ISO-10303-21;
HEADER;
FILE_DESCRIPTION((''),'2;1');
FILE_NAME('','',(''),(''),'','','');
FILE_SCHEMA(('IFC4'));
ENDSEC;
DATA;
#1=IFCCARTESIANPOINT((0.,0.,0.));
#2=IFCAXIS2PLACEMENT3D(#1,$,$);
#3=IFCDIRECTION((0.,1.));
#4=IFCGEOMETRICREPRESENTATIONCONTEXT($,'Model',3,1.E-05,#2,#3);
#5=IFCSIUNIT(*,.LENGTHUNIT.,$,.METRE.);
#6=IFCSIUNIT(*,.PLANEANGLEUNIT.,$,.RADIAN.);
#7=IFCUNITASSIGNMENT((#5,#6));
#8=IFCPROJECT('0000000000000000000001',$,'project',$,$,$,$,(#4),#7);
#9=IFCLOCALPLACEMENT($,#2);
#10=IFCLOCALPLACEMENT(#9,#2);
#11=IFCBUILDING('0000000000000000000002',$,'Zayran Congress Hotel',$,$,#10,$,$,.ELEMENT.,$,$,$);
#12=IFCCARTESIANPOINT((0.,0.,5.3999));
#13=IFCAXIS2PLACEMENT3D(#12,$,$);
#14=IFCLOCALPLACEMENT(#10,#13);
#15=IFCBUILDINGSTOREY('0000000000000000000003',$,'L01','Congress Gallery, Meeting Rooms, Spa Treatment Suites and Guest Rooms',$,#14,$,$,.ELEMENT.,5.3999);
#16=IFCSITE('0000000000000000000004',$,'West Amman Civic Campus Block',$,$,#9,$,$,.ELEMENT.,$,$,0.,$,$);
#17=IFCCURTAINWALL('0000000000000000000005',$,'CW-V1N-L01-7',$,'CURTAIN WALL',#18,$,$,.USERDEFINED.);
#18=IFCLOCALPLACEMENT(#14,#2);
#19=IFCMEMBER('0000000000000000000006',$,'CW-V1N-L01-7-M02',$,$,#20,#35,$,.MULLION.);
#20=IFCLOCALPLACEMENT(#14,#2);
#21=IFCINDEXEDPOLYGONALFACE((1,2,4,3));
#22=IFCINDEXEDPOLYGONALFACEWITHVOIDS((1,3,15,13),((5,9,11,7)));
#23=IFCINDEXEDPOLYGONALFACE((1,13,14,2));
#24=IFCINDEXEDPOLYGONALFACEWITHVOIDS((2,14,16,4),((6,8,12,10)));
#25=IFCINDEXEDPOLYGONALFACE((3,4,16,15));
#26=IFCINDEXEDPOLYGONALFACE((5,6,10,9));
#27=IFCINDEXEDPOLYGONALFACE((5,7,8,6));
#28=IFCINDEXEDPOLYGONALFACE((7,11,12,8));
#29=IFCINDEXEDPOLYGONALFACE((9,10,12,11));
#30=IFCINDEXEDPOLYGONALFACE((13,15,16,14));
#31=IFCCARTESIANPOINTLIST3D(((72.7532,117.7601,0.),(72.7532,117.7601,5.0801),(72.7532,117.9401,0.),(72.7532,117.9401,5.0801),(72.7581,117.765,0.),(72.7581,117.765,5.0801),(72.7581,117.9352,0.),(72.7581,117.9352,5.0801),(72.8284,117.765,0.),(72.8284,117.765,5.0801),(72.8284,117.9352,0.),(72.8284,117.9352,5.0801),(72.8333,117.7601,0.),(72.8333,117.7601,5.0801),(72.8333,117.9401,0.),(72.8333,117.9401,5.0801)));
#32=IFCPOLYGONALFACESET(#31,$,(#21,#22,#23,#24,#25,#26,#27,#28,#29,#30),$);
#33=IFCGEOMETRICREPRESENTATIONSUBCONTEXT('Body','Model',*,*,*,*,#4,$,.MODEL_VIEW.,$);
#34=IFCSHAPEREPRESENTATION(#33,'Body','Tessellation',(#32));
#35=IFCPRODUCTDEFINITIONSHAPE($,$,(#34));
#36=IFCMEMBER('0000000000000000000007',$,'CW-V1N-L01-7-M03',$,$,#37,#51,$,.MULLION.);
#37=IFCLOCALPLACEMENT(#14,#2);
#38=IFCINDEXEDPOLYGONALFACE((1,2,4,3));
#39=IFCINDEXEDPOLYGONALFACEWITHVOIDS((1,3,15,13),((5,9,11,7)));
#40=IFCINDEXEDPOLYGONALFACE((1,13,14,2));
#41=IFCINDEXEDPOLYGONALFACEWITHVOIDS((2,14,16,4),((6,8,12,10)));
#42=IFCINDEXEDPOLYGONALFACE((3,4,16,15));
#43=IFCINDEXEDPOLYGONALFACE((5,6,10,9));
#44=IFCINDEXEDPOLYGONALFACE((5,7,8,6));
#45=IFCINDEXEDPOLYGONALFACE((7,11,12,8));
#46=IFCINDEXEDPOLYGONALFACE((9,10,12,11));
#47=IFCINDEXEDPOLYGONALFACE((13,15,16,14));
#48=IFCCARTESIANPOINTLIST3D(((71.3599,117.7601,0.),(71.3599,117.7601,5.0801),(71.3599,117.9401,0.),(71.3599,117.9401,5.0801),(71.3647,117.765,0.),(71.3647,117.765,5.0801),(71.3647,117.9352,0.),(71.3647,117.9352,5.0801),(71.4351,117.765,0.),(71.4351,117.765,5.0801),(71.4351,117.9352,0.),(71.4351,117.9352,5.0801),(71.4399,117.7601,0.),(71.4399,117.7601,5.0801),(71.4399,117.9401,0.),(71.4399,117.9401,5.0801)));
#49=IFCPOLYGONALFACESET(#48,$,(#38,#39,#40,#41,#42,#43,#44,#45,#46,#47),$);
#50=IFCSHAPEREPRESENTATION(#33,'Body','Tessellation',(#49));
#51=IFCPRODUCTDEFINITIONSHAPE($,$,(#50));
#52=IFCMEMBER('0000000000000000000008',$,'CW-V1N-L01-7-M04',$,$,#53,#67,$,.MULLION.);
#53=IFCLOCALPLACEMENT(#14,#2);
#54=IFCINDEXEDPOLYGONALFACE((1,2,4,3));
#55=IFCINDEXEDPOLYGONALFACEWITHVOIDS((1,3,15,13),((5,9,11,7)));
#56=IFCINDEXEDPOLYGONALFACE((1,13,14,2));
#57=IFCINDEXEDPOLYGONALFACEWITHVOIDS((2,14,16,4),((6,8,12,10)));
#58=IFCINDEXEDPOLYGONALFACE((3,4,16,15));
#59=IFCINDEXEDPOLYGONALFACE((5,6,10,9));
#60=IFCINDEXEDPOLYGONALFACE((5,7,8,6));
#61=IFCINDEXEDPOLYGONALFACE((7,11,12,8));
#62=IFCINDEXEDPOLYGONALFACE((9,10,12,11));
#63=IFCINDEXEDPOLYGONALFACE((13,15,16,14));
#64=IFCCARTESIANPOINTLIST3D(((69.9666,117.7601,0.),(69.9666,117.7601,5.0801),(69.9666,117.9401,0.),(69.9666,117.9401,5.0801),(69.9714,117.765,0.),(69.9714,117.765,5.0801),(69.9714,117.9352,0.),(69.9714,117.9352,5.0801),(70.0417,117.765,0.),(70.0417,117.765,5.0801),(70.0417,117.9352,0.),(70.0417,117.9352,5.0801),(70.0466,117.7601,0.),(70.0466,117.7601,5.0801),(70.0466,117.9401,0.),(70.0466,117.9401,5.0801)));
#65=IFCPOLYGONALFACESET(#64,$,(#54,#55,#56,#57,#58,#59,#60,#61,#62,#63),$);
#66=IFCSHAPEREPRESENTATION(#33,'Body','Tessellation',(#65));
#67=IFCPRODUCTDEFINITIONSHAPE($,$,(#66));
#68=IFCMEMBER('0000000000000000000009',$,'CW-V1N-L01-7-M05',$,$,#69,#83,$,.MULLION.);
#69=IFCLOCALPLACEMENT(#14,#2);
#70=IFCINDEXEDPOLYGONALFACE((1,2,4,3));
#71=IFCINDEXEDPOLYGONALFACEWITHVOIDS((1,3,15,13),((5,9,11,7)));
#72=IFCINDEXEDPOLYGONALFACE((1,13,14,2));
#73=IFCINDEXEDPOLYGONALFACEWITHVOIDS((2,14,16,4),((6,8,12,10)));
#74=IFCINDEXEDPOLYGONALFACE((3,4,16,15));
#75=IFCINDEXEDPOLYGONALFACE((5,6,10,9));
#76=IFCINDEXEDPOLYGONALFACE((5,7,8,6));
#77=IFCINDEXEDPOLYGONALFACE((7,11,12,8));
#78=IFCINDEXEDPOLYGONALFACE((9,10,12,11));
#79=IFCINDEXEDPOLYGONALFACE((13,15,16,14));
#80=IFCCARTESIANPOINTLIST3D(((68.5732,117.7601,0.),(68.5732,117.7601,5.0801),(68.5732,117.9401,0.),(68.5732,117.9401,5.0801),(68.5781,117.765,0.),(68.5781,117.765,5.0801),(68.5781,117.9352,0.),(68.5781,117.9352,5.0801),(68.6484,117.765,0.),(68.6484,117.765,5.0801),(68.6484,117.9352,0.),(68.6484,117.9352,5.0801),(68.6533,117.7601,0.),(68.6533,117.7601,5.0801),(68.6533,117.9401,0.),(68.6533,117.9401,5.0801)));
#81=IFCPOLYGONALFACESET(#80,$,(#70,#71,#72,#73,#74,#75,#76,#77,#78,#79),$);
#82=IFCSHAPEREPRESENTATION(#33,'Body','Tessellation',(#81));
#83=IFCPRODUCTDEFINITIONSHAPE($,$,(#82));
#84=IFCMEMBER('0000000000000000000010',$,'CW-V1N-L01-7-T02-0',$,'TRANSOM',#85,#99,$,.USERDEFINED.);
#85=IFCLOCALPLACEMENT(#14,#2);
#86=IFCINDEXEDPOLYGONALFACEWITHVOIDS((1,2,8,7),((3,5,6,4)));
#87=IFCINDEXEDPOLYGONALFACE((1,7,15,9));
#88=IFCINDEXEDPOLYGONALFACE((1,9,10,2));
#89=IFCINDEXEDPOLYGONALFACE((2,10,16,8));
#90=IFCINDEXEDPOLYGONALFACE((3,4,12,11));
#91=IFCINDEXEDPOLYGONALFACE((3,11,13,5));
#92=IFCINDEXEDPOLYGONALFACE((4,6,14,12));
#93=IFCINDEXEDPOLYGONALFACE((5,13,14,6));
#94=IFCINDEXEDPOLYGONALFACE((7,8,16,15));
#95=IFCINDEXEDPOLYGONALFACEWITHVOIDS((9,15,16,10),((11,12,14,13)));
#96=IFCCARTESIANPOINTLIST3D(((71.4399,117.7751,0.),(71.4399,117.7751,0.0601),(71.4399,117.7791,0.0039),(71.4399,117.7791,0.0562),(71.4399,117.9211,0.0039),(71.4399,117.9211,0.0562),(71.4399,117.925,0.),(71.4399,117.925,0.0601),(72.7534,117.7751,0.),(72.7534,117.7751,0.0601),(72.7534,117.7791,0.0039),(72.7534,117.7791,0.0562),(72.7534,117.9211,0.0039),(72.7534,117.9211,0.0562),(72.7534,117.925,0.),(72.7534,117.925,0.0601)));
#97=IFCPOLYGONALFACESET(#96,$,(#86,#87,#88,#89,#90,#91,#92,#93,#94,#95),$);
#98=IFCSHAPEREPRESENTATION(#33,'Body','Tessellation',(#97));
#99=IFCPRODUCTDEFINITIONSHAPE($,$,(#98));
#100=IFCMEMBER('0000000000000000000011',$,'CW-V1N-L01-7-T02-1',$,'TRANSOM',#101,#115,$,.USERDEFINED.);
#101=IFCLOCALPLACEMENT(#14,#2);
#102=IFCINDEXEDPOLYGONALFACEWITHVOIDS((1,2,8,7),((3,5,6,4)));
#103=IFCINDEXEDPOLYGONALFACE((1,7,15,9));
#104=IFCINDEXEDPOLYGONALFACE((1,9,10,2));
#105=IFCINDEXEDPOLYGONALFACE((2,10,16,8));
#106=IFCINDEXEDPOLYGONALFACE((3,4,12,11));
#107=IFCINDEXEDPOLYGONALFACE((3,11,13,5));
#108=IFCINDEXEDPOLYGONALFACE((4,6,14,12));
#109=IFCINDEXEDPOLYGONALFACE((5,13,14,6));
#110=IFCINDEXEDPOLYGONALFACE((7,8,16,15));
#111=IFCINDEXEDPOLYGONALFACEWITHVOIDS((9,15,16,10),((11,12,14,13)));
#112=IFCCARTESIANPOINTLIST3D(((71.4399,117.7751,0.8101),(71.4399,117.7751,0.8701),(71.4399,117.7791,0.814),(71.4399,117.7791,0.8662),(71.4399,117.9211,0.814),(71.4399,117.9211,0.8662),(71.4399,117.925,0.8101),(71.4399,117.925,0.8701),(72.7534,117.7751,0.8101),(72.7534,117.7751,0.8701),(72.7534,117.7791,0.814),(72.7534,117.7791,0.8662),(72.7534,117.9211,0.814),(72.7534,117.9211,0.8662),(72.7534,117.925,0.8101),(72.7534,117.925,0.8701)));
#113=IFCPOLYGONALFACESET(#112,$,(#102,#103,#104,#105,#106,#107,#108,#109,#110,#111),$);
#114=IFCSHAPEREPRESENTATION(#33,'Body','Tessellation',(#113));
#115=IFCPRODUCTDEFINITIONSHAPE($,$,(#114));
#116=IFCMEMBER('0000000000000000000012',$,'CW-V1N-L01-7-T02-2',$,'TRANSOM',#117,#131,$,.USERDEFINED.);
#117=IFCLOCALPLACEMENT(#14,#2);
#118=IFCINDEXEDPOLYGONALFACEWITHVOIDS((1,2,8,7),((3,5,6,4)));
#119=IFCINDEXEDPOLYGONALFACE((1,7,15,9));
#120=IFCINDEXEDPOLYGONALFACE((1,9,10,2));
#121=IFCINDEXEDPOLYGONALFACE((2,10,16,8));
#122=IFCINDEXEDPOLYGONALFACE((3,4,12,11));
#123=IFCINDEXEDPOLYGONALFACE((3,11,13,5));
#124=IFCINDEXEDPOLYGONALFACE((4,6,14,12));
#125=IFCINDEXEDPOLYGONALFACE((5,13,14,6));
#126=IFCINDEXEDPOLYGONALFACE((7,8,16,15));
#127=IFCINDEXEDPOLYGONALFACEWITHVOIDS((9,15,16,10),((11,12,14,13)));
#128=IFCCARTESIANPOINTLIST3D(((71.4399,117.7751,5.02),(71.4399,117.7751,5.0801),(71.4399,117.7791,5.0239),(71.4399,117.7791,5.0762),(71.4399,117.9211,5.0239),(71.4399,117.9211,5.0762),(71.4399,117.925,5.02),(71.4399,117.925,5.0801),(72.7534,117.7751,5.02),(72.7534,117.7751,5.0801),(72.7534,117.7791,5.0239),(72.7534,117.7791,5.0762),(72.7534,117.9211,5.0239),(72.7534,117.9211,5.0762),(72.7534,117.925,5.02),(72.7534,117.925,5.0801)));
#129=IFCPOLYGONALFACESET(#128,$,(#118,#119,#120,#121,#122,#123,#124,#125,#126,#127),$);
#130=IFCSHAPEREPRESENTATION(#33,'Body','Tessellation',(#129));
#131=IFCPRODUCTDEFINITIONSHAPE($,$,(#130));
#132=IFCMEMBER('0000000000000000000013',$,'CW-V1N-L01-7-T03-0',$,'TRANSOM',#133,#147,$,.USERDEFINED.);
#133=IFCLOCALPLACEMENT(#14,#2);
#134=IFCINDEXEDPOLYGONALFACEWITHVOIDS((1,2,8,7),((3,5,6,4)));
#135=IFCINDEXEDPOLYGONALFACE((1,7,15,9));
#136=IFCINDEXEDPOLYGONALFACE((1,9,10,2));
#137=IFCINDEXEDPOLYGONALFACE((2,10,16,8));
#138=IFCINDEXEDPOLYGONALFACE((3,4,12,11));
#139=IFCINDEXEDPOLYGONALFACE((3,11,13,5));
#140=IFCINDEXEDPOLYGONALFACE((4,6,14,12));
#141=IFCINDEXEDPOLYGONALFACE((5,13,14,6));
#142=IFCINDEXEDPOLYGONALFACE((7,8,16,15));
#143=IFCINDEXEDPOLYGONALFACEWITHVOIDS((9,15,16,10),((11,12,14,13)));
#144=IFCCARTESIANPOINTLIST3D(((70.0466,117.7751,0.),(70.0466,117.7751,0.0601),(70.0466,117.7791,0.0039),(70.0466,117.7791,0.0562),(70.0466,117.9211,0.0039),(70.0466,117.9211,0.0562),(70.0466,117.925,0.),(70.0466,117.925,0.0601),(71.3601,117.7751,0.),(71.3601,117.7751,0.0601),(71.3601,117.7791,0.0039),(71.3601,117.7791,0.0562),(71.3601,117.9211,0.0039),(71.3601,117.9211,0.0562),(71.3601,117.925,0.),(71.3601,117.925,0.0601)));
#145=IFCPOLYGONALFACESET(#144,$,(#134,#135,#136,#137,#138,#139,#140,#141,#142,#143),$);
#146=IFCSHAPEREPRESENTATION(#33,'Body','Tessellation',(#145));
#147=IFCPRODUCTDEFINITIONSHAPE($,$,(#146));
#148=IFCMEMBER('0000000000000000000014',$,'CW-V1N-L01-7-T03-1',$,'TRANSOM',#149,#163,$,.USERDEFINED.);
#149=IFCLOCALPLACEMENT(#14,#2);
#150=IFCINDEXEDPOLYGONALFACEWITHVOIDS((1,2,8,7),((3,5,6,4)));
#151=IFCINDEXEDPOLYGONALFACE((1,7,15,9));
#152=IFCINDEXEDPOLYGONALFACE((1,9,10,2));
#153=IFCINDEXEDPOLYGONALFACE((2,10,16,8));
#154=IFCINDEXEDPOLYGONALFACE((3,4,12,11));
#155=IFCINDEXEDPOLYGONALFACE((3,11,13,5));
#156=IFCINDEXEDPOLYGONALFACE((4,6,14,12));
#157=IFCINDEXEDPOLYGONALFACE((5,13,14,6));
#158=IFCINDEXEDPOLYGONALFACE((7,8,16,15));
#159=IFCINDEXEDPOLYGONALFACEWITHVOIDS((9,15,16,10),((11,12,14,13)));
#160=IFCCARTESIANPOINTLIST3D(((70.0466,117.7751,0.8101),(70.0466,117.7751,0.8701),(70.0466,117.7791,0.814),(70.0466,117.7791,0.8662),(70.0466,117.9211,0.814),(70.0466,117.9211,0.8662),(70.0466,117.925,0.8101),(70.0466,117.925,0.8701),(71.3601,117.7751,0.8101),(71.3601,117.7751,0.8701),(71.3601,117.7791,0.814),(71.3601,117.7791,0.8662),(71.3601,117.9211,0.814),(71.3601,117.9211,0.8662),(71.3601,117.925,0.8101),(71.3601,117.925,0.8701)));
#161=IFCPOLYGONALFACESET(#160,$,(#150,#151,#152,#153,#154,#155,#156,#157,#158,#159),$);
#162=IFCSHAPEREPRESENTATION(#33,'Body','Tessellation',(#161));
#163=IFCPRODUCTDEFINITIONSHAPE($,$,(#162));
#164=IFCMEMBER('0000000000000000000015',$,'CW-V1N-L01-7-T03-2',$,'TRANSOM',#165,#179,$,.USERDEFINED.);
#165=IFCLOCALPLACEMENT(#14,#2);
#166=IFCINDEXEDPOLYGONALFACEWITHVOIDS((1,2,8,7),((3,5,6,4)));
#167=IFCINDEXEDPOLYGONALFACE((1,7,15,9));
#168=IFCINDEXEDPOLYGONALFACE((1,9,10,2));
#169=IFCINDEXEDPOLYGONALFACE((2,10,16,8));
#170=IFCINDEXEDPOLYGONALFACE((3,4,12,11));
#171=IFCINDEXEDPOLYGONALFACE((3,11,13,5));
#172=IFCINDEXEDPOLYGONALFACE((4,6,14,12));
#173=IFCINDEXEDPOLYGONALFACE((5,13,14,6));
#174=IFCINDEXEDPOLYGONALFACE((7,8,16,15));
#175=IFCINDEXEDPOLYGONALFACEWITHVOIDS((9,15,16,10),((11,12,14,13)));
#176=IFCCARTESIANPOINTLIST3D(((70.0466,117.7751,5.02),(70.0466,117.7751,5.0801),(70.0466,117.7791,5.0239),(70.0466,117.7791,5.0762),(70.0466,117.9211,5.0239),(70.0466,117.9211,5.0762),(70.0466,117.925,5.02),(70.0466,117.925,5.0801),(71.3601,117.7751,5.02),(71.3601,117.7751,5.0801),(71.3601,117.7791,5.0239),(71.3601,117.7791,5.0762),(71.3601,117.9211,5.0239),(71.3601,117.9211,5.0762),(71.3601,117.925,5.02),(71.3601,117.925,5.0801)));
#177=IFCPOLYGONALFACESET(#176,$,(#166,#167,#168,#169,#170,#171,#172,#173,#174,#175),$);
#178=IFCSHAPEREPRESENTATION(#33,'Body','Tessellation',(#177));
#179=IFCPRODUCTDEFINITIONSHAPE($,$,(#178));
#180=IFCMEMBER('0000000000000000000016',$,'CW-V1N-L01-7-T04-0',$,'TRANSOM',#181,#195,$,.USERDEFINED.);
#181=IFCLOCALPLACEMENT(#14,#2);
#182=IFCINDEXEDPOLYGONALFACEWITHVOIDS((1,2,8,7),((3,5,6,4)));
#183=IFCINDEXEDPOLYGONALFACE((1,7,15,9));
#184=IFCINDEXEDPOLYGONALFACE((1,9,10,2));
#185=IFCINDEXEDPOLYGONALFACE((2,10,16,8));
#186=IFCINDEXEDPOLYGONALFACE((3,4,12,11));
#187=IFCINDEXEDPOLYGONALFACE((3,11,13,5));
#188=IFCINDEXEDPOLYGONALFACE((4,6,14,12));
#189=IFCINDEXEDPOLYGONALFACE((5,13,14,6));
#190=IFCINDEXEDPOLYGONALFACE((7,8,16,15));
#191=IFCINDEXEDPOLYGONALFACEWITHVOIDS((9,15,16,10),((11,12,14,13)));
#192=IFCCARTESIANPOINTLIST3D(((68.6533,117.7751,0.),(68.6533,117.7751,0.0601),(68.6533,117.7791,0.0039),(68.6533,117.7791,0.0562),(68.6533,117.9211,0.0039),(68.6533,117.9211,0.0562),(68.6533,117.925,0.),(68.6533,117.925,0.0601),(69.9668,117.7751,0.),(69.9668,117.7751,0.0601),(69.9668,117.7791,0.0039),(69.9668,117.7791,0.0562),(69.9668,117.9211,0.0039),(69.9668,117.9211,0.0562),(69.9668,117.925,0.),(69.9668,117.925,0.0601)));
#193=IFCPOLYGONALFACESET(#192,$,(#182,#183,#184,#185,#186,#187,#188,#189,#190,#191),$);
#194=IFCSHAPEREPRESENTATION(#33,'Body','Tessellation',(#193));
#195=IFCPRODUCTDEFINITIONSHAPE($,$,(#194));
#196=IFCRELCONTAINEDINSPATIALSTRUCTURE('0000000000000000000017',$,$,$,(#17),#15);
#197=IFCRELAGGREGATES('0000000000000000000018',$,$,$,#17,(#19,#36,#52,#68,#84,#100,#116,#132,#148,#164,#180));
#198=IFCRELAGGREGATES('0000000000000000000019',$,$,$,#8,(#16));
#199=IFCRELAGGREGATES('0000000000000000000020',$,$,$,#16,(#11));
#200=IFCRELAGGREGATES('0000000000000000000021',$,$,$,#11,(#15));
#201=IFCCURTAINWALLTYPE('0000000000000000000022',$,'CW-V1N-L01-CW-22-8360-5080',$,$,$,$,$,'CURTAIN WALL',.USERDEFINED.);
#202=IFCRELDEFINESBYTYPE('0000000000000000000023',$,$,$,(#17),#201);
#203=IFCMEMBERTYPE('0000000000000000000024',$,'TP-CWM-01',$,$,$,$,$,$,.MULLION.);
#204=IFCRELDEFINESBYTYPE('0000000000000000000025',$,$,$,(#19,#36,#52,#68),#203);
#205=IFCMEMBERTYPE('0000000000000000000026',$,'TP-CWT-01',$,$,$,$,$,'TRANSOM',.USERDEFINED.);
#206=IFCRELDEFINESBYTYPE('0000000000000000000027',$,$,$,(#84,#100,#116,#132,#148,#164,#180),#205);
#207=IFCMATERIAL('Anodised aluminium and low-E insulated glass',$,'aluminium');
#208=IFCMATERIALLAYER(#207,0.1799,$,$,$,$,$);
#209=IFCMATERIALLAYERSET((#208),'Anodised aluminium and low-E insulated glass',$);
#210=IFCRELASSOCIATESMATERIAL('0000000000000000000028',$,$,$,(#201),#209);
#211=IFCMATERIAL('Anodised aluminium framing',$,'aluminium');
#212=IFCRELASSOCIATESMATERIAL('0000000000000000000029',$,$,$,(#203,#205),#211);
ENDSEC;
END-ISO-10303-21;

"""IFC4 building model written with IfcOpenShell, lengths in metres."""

from ifc_helpers import new_model, si_unit, direction, frame, origin, origin_2d, place, context, subcontext, project, spatial, hollow_rectangle, extrude, material, layer, layer_set, material_profile, profile_set, type_object, element, aggregate, save


model = new_model("IFC4")

# Units and contexts
model_context = context("Model", 3, precision=1e-05, world=origin(), true_north=direction((0.0, 1.0)))
body_context = subcontext(model_context, "Body", "Model", "MODEL_VIEW")
ifc_project = project(units=[si_unit("LENGTHUNIT", "METRE"), si_unit("PLANEANGLEUNIT", "RADIAN")], contexts=[model_context])

# Site, building, storey
site_placement = place(None, origin())
site = spatial("IfcSite", under=ifc_project, at=site_placement, Name="West Amman Civic Campus Block", CompositionType="ELEMENT", RefElevation=0.0)
building_placement = place(site_placement, origin())
building = spatial("IfcBuilding", under=site, at=building_placement, Name="Zayran Congress Hotel", CompositionType="ELEMENT")
storey_placement = place(building_placement, frame((0.0, 0.0, 5.3999)))
storey = spatial("IfcBuildingStorey", under=building, at=storey_placement, Name="L01", Description="Congress Gallery, Meeting Rooms, Spa Treatment Suites and Guest Rooms", CompositionType="ELEMENT", Elevation=5.3999)

# Curtain wall, members
ifc_material_1 = material(Name="Anodised aluminium and low-E insulated glass", Category="aluminium")
ifc_layer_1 = layer(ifc_material_1, 0.1799)
ifc_layer_set_1 = layer_set([ifc_layer_1], Name="Anodised aluminium and low-E insulated glass")
curtain_wall_type = type_object("IfcCurtainWallType", Name="CW-V1N-L01-CW-22-8360-5080", ElementType="CURTAIN WALL", PredefinedType="USERDEFINED", material=ifc_layer_set_1)
curtain_wall_placement = place(storey_placement, origin())
curtain_wall = element("IfcCurtainWall", 1, at=curtain_wall_placement, inside=storey, type_object=curtain_wall_type, Name="CW-V1N-L01-7", ObjectType="CURTAIN WALL", PredefinedType="USERDEFINED")
ifc_material_2 = material(Name="Anodised aluminium framing", Category="aluminium")
ifc_material_profile_1 = material_profile(ifc_material_2, hollow_rectangle(XDim=0.0801, YDim=0.1799, WallThickness=0.0049, at=origin_2d()), Name="RHS 180x80x5")
ifc_profile_set_1 = profile_set([ifc_material_profile_1], Name="Anodised aluminium framing")
member_type_1 = type_object("IfcMemberType", Name="TP-CWM-01", PredefinedType="MULLION", material=ifc_profile_set_1)
member_1_placement = place(storey_placement, frame((72.7932, 117.8501, 0.0), z_axis=(0.0, 0.0, 1.0), x_axis=(1.0, 0.0, 0.0)))
member_1 = element("IfcMember", 2, at=member_1_placement, type_object=member_type_1, Name="CW-V1N-L01-7-M02", PredefinedType="MULLION", context=body_context, shape_type="SweptSolid", body=[
    extrude(hollow_rectangle(XDim=0.0801, YDim=0.1799, WallThickness=0.0049, at=origin_2d()), origin(), (0.0, 0.0, 1.0), 5.0801),
])
member_2_placement = place(storey_placement, frame((71.3999, 117.8501, 0.0), z_axis=(0.0, 0.0, 1.0), x_axis=(1.0, 0.0, 0.0)))
member_2 = element("IfcMember", 3, at=member_2_placement, type_object=member_type_1, Name="CW-V1N-L01-7-M03", PredefinedType="MULLION", context=body_context, shape_type="SweptSolid", body=[
    extrude(hollow_rectangle(XDim=0.0801, YDim=0.1799, WallThickness=0.0049, at=origin_2d()), origin(), (0.0, 0.0, 1.0), 5.0801),
])
member_3_placement = place(storey_placement, frame((70.0066, 117.8501, 0.0), z_axis=(0.0, 0.0, 1.0), x_axis=(1.0, 0.0, 0.0)))
member_3 = element("IfcMember", 4, at=member_3_placement, type_object=member_type_1, Name="CW-V1N-L01-7-M04", PredefinedType="MULLION", context=body_context, shape_type="SweptSolid", body=[
    extrude(hollow_rectangle(XDim=0.0801, YDim=0.1799, WallThickness=0.0049, at=origin_2d()), origin(), (0.0, 0.0, 1.0), 5.0801),
])
member_4_placement = place(storey_placement, frame((68.6133, 117.8501, 0.0), z_axis=(0.0, 0.0, 1.0), x_axis=(1.0, 0.0, 0.0)))
member_4 = element("IfcMember", 5, at=member_4_placement, type_object=member_type_1, Name="CW-V1N-L01-7-M05", PredefinedType="MULLION", context=body_context, shape_type="SweptSolid", body=[
    extrude(hollow_rectangle(XDim=0.0801, YDim=0.1799, WallThickness=0.0049, at=origin_2d()), origin(), (0.0, 0.0, 1.0), 5.0801),
])
ifc_material_profile_2 = material_profile(ifc_material_2, hollow_rectangle(XDim=0.0601, YDim=0.1499, WallThickness=0.0039, at=origin_2d()), Name="RHS 150x60x4")
ifc_profile_set_2 = profile_set([ifc_material_profile_2], Name="Anodised aluminium framing")
member_type_2 = type_object("IfcMemberType", Name="TP-CWT-01", ElementType="TRANSOM", PredefinedType="USERDEFINED", material=ifc_profile_set_2)
member_5_placement = place(storey_placement, frame((72.7534, 117.8501, 0.03), z_axis=(-1.0, 0.0, 0.0), x_axis=(0.0, 0.0, 1.0)))
member_5 = element("IfcMember", 6, at=member_5_placement, type_object=member_type_2, Name="CW-V1N-L01-7-T02-0", ObjectType="TRANSOM", PredefinedType="USERDEFINED", context=body_context, shape_type="SweptSolid", body=[
    extrude(hollow_rectangle(XDim=0.0601, YDim=0.1499, WallThickness=0.0039, at=origin_2d()), origin(), (0.0, 0.0, 1.0), 1.3135),
])
member_6_placement = place(storey_placement, frame((72.7534, 117.8501, 0.8401), z_axis=(-1.0, 0.0, 0.0), x_axis=(0.0, 0.0, 1.0)))
member_6 = element("IfcMember", 7, at=member_6_placement, type_object=member_type_2, Name="CW-V1N-L01-7-T02-1", ObjectType="TRANSOM", PredefinedType="USERDEFINED", context=body_context, shape_type="SweptSolid", body=[
    extrude(hollow_rectangle(XDim=0.0601, YDim=0.1499, WallThickness=0.0039, at=origin_2d()), origin(), (0.0, 0.0, 1.0), 1.3135),
])
member_7_placement = place(storey_placement, frame((72.7534, 117.8501, 5.05), z_axis=(-1.0, 0.0, 0.0), x_axis=(0.0, 0.0, 1.0)))
member_7 = element("IfcMember", 8, at=member_7_placement, type_object=member_type_2, Name="CW-V1N-L01-7-T02-2", ObjectType="TRANSOM", PredefinedType="USERDEFINED", context=body_context, shape_type="SweptSolid", body=[
    extrude(hollow_rectangle(XDim=0.0601, YDim=0.1499, WallThickness=0.0039, at=origin_2d()), origin(), (0.0, 0.0, 1.0), 1.3135),
])
member_8_placement = place(storey_placement, frame((71.3601, 117.8501, 0.03), z_axis=(-1.0, 0.0, 0.0), x_axis=(0.0, 0.0, 1.0)))
member_8 = element("IfcMember", 9, at=member_8_placement, type_object=member_type_2, Name="CW-V1N-L01-7-T03-0", ObjectType="TRANSOM", PredefinedType="USERDEFINED", context=body_context, shape_type="SweptSolid", body=[
    extrude(hollow_rectangle(XDim=0.0601, YDim=0.1499, WallThickness=0.0039, at=origin_2d()), origin(), (0.0, 0.0, 1.0), 1.3135),
])
member_9_placement = place(storey_placement, frame((71.3601, 117.8501, 0.8401), z_axis=(-1.0, 0.0, 0.0), x_axis=(0.0, 0.0, 1.0)))
member_9 = element("IfcMember", 10, at=member_9_placement, type_object=member_type_2, Name="CW-V1N-L01-7-T03-1", ObjectType="TRANSOM", PredefinedType="USERDEFINED", context=body_context, shape_type="SweptSolid", body=[
    extrude(hollow_rectangle(XDim=0.0601, YDim=0.1499, WallThickness=0.0039, at=origin_2d()), origin(), (0.0, 0.0, 1.0), 1.3135),
])
member_10_placement = place(storey_placement, frame((71.3601, 117.8501, 5.05), z_axis=(-1.0, 0.0, 0.0), x_axis=(0.0, 0.0, 1.0)))
member_10 = element("IfcMember", 11, at=member_10_placement, type_object=member_type_2, Name="CW-V1N-L01-7-T03-2", ObjectType="TRANSOM", PredefinedType="USERDEFINED", context=body_context, shape_type="SweptSolid", body=[
    extrude(hollow_rectangle(XDim=0.0601, YDim=0.1499, WallThickness=0.0039, at=origin_2d()), origin(), (0.0, 0.0, 1.0), 1.3135),
])
member_11_placement = place(storey_placement, frame((69.9668, 117.8501, 0.03), z_axis=(-1.0, 0.0, 0.0), x_axis=(0.0, 0.0, 1.0)))
member_11 = element("IfcMember", 12, at=member_11_placement, type_object=member_type_2, Name="CW-V1N-L01-7-T04-0", ObjectType="TRANSOM", PredefinedType="USERDEFINED", context=body_context, shape_type="SweptSolid", body=[
    extrude(hollow_rectangle(XDim=0.0601, YDim=0.1499, WallThickness=0.0039, at=origin_2d()), origin(), (0.0, 0.0, 1.0), 1.3135),
])
aggregate(curtain_wall, [member_1, member_2, member_3, member_4, member_5, member_6, member_7, member_8, member_9, member_10, member_11])

save(model, "model.ifc")
